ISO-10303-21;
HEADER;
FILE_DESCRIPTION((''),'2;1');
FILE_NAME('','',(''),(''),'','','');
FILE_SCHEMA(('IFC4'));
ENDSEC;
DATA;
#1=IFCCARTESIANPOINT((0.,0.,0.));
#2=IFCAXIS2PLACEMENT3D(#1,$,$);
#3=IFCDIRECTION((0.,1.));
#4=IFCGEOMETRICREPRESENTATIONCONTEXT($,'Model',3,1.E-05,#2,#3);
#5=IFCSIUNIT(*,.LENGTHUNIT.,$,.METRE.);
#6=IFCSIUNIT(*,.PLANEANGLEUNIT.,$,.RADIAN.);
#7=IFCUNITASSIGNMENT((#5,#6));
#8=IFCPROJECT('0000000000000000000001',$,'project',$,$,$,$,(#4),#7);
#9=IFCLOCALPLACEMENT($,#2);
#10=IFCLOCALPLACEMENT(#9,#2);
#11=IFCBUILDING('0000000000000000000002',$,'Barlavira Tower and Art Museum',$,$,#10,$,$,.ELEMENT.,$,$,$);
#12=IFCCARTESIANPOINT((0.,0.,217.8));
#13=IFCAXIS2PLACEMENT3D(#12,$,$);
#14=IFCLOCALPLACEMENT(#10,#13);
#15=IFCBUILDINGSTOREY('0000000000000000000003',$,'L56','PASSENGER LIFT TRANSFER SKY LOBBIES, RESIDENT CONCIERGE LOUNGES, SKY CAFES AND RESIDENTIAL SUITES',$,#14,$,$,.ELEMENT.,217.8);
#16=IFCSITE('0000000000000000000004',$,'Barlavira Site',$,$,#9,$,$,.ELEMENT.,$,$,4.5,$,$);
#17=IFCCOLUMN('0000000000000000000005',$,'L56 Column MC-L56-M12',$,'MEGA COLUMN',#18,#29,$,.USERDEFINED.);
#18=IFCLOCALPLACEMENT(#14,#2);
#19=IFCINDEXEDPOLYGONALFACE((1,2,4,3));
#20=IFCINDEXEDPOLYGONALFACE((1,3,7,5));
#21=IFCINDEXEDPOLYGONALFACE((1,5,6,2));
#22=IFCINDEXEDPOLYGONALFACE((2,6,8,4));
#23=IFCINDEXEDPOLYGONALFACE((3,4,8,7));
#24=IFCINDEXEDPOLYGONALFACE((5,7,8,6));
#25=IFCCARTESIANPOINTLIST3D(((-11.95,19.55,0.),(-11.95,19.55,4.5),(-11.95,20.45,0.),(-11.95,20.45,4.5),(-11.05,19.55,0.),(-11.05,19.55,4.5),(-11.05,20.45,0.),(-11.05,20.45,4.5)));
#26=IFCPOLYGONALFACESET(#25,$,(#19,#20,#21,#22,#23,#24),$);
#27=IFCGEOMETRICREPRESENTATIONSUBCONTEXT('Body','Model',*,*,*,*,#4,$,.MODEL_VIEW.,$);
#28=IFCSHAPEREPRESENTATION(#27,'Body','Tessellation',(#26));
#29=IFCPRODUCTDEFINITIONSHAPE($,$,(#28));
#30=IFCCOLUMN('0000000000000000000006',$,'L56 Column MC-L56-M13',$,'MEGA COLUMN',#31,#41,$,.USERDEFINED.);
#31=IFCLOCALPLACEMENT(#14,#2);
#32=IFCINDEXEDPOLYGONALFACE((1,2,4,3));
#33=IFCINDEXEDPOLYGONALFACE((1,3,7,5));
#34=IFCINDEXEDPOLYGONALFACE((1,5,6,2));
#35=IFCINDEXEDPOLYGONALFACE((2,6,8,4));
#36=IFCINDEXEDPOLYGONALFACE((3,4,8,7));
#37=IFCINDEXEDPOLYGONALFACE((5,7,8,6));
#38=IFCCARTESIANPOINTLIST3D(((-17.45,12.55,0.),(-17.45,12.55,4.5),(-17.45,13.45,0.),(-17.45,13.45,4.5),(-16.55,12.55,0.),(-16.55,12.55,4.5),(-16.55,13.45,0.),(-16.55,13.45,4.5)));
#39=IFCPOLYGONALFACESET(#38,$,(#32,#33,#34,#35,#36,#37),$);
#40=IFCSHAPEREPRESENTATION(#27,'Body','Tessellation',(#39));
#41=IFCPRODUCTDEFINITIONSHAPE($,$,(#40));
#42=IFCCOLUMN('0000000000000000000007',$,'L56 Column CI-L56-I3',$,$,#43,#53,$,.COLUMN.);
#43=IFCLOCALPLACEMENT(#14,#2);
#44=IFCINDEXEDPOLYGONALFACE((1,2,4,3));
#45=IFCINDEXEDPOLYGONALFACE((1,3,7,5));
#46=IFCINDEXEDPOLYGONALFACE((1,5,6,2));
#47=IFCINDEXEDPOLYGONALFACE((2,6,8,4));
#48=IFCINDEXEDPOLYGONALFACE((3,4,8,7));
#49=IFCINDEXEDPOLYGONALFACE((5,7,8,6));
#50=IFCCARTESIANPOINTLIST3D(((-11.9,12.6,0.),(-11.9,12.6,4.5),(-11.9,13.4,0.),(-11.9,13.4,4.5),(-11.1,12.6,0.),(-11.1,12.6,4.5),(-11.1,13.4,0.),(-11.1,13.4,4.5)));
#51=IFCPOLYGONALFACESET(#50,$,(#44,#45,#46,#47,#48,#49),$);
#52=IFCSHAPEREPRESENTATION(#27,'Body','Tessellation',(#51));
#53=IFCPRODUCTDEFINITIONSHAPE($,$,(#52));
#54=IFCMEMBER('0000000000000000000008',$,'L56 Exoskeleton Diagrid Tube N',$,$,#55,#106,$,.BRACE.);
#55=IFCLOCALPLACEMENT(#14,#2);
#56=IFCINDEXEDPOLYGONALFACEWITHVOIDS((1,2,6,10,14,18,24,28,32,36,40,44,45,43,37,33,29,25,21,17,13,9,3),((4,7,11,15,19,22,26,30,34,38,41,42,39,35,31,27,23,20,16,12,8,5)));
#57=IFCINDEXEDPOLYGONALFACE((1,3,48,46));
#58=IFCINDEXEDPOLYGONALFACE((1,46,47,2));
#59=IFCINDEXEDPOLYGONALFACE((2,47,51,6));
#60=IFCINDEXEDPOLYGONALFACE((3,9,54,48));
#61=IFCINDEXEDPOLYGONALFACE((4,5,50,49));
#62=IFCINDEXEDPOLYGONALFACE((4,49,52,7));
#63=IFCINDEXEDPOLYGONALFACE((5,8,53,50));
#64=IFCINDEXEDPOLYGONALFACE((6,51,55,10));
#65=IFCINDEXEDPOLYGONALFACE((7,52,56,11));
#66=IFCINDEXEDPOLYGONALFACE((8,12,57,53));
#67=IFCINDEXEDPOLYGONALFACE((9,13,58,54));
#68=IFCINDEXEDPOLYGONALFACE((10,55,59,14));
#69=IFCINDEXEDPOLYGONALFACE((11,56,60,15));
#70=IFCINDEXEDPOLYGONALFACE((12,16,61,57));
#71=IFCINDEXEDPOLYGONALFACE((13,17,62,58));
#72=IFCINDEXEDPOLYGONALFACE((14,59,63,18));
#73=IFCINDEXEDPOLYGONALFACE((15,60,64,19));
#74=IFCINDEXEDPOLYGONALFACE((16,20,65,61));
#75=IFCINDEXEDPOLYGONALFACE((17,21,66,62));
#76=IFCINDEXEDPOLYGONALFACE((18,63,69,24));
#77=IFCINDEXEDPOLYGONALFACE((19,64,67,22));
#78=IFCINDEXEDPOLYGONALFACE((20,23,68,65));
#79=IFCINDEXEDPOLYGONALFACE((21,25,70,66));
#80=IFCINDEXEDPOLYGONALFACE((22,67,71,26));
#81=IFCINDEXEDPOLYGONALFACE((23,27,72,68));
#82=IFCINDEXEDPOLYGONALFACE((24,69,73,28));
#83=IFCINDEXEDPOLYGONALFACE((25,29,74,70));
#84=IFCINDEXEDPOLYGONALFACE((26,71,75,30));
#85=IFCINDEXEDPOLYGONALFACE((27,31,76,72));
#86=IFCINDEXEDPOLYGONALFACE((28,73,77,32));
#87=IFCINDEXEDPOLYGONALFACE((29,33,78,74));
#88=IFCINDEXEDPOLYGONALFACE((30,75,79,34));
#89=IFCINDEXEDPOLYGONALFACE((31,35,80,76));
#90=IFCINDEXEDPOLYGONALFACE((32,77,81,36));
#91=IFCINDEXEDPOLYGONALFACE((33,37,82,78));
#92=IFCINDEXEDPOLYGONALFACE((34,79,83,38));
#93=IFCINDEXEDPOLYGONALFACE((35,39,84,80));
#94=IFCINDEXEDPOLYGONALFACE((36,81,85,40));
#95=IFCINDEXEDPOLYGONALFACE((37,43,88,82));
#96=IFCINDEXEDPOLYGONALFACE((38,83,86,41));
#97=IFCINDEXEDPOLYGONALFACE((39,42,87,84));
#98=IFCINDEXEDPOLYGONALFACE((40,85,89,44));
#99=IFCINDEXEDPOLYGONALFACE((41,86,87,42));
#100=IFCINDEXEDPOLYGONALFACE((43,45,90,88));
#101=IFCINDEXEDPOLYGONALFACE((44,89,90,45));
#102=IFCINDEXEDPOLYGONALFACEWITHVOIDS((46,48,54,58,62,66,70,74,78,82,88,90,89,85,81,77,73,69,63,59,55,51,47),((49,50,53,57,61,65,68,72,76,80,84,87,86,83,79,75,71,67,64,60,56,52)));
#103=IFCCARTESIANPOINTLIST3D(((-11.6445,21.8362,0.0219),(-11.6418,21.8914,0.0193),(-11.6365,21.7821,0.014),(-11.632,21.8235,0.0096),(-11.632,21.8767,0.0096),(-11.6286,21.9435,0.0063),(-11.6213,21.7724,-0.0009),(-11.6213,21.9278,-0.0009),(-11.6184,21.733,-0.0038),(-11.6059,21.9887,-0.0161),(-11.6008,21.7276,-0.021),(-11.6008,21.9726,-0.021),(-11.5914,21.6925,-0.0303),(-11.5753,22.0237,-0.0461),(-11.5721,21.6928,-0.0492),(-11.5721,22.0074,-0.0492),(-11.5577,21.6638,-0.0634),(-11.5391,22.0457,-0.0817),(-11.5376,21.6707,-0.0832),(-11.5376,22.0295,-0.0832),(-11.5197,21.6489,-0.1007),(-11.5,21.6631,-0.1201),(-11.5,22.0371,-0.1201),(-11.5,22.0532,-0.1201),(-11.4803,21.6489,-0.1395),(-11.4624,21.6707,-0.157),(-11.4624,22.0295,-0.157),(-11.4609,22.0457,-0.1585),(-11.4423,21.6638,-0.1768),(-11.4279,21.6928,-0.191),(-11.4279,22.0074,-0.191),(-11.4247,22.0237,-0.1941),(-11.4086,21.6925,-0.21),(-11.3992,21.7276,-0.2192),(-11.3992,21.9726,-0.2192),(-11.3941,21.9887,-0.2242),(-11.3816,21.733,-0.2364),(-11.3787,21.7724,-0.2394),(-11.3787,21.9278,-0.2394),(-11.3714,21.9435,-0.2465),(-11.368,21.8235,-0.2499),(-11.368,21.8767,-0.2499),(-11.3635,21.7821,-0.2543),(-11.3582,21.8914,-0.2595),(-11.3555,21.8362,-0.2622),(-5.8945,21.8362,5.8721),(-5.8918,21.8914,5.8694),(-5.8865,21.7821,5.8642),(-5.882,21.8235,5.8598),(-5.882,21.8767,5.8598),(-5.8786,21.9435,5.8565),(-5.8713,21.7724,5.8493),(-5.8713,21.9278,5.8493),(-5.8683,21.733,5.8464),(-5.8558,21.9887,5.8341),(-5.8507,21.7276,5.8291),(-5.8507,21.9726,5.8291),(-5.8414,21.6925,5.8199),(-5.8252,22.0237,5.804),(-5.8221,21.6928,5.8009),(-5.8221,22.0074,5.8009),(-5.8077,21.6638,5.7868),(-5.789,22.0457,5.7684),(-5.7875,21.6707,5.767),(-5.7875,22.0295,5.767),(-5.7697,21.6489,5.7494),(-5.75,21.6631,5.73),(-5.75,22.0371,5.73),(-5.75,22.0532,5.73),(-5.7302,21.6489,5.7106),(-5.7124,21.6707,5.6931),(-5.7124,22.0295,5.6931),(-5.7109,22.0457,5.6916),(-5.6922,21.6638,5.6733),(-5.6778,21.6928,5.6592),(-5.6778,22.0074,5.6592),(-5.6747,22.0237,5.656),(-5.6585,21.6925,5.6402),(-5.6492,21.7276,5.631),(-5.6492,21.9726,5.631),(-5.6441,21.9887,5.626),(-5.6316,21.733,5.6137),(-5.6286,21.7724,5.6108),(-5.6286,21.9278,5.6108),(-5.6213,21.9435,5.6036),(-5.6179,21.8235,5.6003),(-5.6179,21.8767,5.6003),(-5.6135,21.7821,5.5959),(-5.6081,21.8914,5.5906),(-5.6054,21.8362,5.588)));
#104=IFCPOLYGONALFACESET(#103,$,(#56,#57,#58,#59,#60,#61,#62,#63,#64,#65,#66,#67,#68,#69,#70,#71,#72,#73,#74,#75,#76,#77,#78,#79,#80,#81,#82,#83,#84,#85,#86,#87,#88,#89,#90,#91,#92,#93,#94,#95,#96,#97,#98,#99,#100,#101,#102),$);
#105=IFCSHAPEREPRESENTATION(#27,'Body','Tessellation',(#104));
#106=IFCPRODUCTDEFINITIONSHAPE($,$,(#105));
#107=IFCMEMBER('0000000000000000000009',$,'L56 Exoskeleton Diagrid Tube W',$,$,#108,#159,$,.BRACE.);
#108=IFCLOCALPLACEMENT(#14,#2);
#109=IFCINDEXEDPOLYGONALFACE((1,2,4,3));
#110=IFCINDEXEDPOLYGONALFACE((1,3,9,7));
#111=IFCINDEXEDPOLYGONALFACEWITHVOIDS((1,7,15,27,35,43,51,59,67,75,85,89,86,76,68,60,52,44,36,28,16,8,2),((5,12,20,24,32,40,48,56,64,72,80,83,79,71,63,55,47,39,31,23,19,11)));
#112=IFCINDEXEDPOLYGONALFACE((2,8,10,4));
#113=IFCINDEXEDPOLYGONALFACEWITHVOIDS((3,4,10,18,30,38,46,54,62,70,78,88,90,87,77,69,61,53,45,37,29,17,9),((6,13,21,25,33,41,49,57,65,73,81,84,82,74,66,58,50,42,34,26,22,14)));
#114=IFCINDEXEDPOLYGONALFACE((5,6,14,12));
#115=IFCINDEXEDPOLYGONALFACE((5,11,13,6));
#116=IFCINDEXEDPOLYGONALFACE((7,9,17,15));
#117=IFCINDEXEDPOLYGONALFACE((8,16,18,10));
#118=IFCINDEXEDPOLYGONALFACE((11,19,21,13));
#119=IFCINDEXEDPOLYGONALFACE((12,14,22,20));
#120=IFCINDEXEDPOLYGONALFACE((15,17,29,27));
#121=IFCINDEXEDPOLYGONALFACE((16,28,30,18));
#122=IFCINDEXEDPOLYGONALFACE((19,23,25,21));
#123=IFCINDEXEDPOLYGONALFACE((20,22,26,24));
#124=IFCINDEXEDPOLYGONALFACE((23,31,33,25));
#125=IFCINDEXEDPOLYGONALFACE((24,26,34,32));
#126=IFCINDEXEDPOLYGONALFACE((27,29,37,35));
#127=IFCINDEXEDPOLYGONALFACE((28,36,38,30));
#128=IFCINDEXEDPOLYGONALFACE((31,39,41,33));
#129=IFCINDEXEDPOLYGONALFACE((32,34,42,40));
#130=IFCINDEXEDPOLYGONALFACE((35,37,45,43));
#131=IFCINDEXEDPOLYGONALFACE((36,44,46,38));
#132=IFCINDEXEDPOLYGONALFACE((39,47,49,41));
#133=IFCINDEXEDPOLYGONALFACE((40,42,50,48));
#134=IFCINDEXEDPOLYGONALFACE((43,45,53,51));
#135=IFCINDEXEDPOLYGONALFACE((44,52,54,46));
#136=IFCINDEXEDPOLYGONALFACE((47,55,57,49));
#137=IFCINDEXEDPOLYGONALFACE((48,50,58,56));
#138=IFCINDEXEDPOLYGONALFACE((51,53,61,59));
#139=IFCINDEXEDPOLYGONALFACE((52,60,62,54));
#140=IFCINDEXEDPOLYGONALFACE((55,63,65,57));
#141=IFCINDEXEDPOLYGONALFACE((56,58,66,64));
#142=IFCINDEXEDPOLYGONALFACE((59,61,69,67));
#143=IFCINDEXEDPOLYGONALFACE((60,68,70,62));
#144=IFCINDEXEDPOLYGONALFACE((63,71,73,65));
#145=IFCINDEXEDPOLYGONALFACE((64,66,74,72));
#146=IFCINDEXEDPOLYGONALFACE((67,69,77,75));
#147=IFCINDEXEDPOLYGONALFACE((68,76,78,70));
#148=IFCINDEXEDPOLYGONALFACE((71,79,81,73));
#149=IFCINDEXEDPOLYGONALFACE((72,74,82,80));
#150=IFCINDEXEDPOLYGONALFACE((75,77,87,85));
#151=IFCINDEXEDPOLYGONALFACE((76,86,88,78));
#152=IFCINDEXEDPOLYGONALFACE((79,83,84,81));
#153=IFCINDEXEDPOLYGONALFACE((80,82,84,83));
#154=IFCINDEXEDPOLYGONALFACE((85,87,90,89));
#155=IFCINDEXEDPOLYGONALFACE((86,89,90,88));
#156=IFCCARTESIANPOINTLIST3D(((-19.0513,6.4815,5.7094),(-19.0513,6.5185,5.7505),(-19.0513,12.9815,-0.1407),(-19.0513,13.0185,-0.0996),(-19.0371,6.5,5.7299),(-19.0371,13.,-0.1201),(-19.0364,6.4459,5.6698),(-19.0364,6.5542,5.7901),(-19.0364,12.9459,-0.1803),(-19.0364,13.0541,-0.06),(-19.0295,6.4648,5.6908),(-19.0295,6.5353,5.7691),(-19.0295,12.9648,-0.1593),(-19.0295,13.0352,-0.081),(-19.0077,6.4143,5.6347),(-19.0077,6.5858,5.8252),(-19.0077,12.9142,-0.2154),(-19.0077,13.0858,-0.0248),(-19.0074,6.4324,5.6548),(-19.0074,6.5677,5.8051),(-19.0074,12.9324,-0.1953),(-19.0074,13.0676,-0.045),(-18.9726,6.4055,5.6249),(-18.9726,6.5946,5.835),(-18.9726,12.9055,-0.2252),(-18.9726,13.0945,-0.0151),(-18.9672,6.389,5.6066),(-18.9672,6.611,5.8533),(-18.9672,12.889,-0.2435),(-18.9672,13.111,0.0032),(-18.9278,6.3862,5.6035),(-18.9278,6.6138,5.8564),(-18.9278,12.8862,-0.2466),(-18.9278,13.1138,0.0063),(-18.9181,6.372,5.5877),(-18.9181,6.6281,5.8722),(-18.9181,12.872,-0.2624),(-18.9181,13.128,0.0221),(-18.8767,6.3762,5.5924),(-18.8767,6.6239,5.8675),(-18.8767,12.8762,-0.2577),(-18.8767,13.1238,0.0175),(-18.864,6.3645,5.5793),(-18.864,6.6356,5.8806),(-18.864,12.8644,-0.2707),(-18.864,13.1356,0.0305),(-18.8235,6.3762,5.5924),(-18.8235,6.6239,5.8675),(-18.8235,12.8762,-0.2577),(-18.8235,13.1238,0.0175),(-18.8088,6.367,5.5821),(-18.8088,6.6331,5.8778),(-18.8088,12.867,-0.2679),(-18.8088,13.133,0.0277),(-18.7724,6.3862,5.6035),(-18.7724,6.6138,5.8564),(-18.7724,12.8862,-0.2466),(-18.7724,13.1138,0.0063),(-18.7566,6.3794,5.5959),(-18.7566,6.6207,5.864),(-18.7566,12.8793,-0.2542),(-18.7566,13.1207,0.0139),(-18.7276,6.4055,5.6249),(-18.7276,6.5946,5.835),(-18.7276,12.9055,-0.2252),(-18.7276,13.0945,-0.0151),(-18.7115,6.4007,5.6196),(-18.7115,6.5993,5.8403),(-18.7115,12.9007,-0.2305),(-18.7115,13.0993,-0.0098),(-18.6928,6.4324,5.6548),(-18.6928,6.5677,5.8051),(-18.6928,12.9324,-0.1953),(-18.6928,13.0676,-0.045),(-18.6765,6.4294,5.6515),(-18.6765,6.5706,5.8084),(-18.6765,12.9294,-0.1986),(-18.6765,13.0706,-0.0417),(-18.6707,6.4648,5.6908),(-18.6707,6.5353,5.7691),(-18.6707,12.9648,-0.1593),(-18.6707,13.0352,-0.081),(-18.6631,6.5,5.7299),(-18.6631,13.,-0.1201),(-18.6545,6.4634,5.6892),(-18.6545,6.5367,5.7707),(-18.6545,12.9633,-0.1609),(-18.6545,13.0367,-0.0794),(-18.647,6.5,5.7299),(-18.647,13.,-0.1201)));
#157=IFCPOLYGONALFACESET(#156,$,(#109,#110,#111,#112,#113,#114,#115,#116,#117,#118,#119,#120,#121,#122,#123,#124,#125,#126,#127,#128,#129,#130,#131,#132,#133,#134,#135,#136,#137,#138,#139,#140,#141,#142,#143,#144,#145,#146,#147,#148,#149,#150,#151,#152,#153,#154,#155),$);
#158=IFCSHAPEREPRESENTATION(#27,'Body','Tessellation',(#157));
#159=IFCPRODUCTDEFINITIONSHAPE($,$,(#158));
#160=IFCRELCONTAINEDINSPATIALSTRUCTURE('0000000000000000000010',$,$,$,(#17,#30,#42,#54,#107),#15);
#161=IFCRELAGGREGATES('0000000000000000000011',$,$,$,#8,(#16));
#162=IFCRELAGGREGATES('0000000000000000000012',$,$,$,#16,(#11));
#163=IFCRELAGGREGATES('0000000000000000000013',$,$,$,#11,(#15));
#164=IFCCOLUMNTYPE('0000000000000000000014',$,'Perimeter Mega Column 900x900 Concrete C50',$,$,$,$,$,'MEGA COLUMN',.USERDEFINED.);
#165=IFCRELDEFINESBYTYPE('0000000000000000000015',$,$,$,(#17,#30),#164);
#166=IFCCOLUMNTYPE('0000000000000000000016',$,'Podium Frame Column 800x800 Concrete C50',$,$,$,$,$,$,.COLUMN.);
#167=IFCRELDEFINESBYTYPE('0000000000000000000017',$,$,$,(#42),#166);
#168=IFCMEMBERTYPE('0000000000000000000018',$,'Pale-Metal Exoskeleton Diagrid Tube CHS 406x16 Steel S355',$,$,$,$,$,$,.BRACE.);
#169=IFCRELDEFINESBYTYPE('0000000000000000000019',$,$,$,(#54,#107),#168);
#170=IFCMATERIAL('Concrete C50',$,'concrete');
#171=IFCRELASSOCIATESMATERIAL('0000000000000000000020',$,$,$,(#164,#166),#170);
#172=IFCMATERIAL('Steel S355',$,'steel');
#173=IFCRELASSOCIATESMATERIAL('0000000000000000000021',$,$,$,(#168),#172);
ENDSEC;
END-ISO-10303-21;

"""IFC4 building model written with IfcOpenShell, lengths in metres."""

from ifc_helpers import new_model, si_unit, direction, frame, origin, origin_2d, place, context, subcontext, project, spatial, rectangle, hollow_circle, extrude, material, material_profile, profile_set, type_object, element, save


model = new_model("IFC4")

# Units and contexts
model_context = context("Model", 3, precision=1e-05, world=origin(), true_north=direction((0.0, 1.0)))
body_context = subcontext(model_context, "Body", "Model", "MODEL_VIEW")
ifc_project = project(units=[si_unit("LENGTHUNIT", "METRE"), si_unit("PLANEANGLEUNIT", "RADIAN")], contexts=[model_context])

# Site, building, storey
site_placement = place(None, origin())
site = spatial("IfcSite", under=ifc_project, at=site_placement, Name="Barlavira Site", CompositionType="ELEMENT", RefElevation=4.5)
building_placement = place(site_placement, origin())
building = spatial("IfcBuilding", under=site, at=building_placement, Name="Barlavira Tower and Art Museum", CompositionType="ELEMENT")
storey_placement = place(building_placement, frame((0.0, 0.0, 217.8)))
storey = spatial("IfcBuildingStorey", under=building, at=storey_placement, Name="L56", Description="PASSENGER LIFT TRANSFER SKY LOBBIES, RESIDENT CONCIERGE LOUNGES, SKY CAFES AND RESIDENTIAL SUITES", CompositionType="ELEMENT", Elevation=217.8)

# Columns
ifc_material_1 = material(Name="Concrete C50", Category="concrete")
ifc_material_profile_1 = material_profile(ifc_material_1, rectangle(XDim=0.8999, YDim=0.8999, at=origin_2d()), Name="RC-COL 900x900")
ifc_profile_set_1 = profile_set([ifc_material_profile_1], Name="Concrete C50")
column_type_1 = type_object("IfcColumnType", Name="Perimeter Mega Column 900x900 Concrete C50", ElementType="MEGA COLUMN", PredefinedType="USERDEFINED", material=ifc_profile_set_1)
for number, where, z_axis, x_axis, name in (
    (1, (-11.5, 20.0, 0.0), (0.0, 0.0, 1.0), (1.0, 0.0, 0.0), "L56 Column MC-L56-M12"),
    (2, (-17.0, 13.0, 0.0), (0.0, 0.0, 1.0), (1.0, 0.0, 0.0), "L56 Column MC-L56-M13"),
):
    element("IfcColumn", number, at=place(storey_placement, frame(where, z_axis=z_axis, x_axis=x_axis)), inside=storey, type_object=column_type_1, Name=name, ObjectType="MEGA COLUMN", PredefinedType="USERDEFINED", context=body_context, shape_type="SweptSolid", body=[
        extrude(rectangle(XDim=0.8999, YDim=0.8999, at=origin_2d()), origin(), (0.0, 0.0, 1.0), 4.5),
    ])
ifc_material_profile_2 = material_profile(ifc_material_1, rectangle(XDim=0.8, YDim=0.8, at=origin_2d()), Name="RC-COL 800x800")
ifc_profile_set_2 = profile_set([ifc_material_profile_2], Name="Concrete C50")
column_type_2 = type_object("IfcColumnType", Name="Podium Frame Column 800x800 Concrete C50", PredefinedType="COLUMN", material=ifc_profile_set_2)
column_placement = place(storey_placement, frame((-11.5, 13.0, 0.0), z_axis=(0.0, 0.0, 1.0), x_axis=(1.0, 0.0, 0.0)))
element("IfcColumn", 3, at=column_placement, inside=storey, type_object=column_type_2, Name="L56 Column CI-L56-I3", PredefinedType="COLUMN", context=body_context, shape_type="SweptSolid", body=[
    extrude(rectangle(XDim=0.8, YDim=0.8, at=origin_2d()), origin(), (0.0, 0.0, 1.0), 4.5),
])

# Members
ifc_material_2 = material(Name="Steel S355", Category="steel")
ifc_material_profile_3 = material_profile(ifc_material_2, hollow_circle(Radius=0.2031, WallThickness=0.0161, at=origin_2d()), Name="CHS 406.4x16.0")
ifc_profile_set_3 = profile_set([ifc_material_profile_3], Name="Steel S355")
member_type_1 = type_object("IfcMemberType", Name="Pale-Metal Exoskeleton Diagrid Tube CHS 406x16 Steel S355", PredefinedType="BRACE", material=ifc_profile_set_3)
member_1_placement = place(storey_placement, frame((-11.5, 21.8501, -0.1201), z_axis=(0.700979, 0.0, 0.713182), x_axis=(0.0, 1.0, 0.0)))
element("IfcMember", 4, at=member_1_placement, inside=storey, type_object=member_type_1, Name="L56 Exoskeleton Diagrid Tube N", PredefinedType="BRACE", context=body_context, shape_type="SweptSolid", body=[
    extrude(hollow_circle(Radius=0.2031, WallThickness=0.0161, at=origin_2d()), origin(), (0.0, 0.0, 1.0), 8.2029),
])
member_2_placement = place(storey_placement, frame((-18.8501, 13.0, -0.1201), z_axis=(0.0, -0.743289, 0.668971), x_axis=(1.0, 0.0, 0.0)))
element("IfcMember", 5, at=member_2_placement, inside=storey, type_object=member_type_1, Name="L56 Exoskeleton Diagrid Tube W", PredefinedType="BRACE", context=body_context, shape_type="SweptSolid", body=[
    extrude(hollow_circle(Radius=0.2031, WallThickness=0.0161, at=origin_2d()), origin(), (0.0, 0.0, 1.0), 8.7449),
])

save(model, "model.ifc")
